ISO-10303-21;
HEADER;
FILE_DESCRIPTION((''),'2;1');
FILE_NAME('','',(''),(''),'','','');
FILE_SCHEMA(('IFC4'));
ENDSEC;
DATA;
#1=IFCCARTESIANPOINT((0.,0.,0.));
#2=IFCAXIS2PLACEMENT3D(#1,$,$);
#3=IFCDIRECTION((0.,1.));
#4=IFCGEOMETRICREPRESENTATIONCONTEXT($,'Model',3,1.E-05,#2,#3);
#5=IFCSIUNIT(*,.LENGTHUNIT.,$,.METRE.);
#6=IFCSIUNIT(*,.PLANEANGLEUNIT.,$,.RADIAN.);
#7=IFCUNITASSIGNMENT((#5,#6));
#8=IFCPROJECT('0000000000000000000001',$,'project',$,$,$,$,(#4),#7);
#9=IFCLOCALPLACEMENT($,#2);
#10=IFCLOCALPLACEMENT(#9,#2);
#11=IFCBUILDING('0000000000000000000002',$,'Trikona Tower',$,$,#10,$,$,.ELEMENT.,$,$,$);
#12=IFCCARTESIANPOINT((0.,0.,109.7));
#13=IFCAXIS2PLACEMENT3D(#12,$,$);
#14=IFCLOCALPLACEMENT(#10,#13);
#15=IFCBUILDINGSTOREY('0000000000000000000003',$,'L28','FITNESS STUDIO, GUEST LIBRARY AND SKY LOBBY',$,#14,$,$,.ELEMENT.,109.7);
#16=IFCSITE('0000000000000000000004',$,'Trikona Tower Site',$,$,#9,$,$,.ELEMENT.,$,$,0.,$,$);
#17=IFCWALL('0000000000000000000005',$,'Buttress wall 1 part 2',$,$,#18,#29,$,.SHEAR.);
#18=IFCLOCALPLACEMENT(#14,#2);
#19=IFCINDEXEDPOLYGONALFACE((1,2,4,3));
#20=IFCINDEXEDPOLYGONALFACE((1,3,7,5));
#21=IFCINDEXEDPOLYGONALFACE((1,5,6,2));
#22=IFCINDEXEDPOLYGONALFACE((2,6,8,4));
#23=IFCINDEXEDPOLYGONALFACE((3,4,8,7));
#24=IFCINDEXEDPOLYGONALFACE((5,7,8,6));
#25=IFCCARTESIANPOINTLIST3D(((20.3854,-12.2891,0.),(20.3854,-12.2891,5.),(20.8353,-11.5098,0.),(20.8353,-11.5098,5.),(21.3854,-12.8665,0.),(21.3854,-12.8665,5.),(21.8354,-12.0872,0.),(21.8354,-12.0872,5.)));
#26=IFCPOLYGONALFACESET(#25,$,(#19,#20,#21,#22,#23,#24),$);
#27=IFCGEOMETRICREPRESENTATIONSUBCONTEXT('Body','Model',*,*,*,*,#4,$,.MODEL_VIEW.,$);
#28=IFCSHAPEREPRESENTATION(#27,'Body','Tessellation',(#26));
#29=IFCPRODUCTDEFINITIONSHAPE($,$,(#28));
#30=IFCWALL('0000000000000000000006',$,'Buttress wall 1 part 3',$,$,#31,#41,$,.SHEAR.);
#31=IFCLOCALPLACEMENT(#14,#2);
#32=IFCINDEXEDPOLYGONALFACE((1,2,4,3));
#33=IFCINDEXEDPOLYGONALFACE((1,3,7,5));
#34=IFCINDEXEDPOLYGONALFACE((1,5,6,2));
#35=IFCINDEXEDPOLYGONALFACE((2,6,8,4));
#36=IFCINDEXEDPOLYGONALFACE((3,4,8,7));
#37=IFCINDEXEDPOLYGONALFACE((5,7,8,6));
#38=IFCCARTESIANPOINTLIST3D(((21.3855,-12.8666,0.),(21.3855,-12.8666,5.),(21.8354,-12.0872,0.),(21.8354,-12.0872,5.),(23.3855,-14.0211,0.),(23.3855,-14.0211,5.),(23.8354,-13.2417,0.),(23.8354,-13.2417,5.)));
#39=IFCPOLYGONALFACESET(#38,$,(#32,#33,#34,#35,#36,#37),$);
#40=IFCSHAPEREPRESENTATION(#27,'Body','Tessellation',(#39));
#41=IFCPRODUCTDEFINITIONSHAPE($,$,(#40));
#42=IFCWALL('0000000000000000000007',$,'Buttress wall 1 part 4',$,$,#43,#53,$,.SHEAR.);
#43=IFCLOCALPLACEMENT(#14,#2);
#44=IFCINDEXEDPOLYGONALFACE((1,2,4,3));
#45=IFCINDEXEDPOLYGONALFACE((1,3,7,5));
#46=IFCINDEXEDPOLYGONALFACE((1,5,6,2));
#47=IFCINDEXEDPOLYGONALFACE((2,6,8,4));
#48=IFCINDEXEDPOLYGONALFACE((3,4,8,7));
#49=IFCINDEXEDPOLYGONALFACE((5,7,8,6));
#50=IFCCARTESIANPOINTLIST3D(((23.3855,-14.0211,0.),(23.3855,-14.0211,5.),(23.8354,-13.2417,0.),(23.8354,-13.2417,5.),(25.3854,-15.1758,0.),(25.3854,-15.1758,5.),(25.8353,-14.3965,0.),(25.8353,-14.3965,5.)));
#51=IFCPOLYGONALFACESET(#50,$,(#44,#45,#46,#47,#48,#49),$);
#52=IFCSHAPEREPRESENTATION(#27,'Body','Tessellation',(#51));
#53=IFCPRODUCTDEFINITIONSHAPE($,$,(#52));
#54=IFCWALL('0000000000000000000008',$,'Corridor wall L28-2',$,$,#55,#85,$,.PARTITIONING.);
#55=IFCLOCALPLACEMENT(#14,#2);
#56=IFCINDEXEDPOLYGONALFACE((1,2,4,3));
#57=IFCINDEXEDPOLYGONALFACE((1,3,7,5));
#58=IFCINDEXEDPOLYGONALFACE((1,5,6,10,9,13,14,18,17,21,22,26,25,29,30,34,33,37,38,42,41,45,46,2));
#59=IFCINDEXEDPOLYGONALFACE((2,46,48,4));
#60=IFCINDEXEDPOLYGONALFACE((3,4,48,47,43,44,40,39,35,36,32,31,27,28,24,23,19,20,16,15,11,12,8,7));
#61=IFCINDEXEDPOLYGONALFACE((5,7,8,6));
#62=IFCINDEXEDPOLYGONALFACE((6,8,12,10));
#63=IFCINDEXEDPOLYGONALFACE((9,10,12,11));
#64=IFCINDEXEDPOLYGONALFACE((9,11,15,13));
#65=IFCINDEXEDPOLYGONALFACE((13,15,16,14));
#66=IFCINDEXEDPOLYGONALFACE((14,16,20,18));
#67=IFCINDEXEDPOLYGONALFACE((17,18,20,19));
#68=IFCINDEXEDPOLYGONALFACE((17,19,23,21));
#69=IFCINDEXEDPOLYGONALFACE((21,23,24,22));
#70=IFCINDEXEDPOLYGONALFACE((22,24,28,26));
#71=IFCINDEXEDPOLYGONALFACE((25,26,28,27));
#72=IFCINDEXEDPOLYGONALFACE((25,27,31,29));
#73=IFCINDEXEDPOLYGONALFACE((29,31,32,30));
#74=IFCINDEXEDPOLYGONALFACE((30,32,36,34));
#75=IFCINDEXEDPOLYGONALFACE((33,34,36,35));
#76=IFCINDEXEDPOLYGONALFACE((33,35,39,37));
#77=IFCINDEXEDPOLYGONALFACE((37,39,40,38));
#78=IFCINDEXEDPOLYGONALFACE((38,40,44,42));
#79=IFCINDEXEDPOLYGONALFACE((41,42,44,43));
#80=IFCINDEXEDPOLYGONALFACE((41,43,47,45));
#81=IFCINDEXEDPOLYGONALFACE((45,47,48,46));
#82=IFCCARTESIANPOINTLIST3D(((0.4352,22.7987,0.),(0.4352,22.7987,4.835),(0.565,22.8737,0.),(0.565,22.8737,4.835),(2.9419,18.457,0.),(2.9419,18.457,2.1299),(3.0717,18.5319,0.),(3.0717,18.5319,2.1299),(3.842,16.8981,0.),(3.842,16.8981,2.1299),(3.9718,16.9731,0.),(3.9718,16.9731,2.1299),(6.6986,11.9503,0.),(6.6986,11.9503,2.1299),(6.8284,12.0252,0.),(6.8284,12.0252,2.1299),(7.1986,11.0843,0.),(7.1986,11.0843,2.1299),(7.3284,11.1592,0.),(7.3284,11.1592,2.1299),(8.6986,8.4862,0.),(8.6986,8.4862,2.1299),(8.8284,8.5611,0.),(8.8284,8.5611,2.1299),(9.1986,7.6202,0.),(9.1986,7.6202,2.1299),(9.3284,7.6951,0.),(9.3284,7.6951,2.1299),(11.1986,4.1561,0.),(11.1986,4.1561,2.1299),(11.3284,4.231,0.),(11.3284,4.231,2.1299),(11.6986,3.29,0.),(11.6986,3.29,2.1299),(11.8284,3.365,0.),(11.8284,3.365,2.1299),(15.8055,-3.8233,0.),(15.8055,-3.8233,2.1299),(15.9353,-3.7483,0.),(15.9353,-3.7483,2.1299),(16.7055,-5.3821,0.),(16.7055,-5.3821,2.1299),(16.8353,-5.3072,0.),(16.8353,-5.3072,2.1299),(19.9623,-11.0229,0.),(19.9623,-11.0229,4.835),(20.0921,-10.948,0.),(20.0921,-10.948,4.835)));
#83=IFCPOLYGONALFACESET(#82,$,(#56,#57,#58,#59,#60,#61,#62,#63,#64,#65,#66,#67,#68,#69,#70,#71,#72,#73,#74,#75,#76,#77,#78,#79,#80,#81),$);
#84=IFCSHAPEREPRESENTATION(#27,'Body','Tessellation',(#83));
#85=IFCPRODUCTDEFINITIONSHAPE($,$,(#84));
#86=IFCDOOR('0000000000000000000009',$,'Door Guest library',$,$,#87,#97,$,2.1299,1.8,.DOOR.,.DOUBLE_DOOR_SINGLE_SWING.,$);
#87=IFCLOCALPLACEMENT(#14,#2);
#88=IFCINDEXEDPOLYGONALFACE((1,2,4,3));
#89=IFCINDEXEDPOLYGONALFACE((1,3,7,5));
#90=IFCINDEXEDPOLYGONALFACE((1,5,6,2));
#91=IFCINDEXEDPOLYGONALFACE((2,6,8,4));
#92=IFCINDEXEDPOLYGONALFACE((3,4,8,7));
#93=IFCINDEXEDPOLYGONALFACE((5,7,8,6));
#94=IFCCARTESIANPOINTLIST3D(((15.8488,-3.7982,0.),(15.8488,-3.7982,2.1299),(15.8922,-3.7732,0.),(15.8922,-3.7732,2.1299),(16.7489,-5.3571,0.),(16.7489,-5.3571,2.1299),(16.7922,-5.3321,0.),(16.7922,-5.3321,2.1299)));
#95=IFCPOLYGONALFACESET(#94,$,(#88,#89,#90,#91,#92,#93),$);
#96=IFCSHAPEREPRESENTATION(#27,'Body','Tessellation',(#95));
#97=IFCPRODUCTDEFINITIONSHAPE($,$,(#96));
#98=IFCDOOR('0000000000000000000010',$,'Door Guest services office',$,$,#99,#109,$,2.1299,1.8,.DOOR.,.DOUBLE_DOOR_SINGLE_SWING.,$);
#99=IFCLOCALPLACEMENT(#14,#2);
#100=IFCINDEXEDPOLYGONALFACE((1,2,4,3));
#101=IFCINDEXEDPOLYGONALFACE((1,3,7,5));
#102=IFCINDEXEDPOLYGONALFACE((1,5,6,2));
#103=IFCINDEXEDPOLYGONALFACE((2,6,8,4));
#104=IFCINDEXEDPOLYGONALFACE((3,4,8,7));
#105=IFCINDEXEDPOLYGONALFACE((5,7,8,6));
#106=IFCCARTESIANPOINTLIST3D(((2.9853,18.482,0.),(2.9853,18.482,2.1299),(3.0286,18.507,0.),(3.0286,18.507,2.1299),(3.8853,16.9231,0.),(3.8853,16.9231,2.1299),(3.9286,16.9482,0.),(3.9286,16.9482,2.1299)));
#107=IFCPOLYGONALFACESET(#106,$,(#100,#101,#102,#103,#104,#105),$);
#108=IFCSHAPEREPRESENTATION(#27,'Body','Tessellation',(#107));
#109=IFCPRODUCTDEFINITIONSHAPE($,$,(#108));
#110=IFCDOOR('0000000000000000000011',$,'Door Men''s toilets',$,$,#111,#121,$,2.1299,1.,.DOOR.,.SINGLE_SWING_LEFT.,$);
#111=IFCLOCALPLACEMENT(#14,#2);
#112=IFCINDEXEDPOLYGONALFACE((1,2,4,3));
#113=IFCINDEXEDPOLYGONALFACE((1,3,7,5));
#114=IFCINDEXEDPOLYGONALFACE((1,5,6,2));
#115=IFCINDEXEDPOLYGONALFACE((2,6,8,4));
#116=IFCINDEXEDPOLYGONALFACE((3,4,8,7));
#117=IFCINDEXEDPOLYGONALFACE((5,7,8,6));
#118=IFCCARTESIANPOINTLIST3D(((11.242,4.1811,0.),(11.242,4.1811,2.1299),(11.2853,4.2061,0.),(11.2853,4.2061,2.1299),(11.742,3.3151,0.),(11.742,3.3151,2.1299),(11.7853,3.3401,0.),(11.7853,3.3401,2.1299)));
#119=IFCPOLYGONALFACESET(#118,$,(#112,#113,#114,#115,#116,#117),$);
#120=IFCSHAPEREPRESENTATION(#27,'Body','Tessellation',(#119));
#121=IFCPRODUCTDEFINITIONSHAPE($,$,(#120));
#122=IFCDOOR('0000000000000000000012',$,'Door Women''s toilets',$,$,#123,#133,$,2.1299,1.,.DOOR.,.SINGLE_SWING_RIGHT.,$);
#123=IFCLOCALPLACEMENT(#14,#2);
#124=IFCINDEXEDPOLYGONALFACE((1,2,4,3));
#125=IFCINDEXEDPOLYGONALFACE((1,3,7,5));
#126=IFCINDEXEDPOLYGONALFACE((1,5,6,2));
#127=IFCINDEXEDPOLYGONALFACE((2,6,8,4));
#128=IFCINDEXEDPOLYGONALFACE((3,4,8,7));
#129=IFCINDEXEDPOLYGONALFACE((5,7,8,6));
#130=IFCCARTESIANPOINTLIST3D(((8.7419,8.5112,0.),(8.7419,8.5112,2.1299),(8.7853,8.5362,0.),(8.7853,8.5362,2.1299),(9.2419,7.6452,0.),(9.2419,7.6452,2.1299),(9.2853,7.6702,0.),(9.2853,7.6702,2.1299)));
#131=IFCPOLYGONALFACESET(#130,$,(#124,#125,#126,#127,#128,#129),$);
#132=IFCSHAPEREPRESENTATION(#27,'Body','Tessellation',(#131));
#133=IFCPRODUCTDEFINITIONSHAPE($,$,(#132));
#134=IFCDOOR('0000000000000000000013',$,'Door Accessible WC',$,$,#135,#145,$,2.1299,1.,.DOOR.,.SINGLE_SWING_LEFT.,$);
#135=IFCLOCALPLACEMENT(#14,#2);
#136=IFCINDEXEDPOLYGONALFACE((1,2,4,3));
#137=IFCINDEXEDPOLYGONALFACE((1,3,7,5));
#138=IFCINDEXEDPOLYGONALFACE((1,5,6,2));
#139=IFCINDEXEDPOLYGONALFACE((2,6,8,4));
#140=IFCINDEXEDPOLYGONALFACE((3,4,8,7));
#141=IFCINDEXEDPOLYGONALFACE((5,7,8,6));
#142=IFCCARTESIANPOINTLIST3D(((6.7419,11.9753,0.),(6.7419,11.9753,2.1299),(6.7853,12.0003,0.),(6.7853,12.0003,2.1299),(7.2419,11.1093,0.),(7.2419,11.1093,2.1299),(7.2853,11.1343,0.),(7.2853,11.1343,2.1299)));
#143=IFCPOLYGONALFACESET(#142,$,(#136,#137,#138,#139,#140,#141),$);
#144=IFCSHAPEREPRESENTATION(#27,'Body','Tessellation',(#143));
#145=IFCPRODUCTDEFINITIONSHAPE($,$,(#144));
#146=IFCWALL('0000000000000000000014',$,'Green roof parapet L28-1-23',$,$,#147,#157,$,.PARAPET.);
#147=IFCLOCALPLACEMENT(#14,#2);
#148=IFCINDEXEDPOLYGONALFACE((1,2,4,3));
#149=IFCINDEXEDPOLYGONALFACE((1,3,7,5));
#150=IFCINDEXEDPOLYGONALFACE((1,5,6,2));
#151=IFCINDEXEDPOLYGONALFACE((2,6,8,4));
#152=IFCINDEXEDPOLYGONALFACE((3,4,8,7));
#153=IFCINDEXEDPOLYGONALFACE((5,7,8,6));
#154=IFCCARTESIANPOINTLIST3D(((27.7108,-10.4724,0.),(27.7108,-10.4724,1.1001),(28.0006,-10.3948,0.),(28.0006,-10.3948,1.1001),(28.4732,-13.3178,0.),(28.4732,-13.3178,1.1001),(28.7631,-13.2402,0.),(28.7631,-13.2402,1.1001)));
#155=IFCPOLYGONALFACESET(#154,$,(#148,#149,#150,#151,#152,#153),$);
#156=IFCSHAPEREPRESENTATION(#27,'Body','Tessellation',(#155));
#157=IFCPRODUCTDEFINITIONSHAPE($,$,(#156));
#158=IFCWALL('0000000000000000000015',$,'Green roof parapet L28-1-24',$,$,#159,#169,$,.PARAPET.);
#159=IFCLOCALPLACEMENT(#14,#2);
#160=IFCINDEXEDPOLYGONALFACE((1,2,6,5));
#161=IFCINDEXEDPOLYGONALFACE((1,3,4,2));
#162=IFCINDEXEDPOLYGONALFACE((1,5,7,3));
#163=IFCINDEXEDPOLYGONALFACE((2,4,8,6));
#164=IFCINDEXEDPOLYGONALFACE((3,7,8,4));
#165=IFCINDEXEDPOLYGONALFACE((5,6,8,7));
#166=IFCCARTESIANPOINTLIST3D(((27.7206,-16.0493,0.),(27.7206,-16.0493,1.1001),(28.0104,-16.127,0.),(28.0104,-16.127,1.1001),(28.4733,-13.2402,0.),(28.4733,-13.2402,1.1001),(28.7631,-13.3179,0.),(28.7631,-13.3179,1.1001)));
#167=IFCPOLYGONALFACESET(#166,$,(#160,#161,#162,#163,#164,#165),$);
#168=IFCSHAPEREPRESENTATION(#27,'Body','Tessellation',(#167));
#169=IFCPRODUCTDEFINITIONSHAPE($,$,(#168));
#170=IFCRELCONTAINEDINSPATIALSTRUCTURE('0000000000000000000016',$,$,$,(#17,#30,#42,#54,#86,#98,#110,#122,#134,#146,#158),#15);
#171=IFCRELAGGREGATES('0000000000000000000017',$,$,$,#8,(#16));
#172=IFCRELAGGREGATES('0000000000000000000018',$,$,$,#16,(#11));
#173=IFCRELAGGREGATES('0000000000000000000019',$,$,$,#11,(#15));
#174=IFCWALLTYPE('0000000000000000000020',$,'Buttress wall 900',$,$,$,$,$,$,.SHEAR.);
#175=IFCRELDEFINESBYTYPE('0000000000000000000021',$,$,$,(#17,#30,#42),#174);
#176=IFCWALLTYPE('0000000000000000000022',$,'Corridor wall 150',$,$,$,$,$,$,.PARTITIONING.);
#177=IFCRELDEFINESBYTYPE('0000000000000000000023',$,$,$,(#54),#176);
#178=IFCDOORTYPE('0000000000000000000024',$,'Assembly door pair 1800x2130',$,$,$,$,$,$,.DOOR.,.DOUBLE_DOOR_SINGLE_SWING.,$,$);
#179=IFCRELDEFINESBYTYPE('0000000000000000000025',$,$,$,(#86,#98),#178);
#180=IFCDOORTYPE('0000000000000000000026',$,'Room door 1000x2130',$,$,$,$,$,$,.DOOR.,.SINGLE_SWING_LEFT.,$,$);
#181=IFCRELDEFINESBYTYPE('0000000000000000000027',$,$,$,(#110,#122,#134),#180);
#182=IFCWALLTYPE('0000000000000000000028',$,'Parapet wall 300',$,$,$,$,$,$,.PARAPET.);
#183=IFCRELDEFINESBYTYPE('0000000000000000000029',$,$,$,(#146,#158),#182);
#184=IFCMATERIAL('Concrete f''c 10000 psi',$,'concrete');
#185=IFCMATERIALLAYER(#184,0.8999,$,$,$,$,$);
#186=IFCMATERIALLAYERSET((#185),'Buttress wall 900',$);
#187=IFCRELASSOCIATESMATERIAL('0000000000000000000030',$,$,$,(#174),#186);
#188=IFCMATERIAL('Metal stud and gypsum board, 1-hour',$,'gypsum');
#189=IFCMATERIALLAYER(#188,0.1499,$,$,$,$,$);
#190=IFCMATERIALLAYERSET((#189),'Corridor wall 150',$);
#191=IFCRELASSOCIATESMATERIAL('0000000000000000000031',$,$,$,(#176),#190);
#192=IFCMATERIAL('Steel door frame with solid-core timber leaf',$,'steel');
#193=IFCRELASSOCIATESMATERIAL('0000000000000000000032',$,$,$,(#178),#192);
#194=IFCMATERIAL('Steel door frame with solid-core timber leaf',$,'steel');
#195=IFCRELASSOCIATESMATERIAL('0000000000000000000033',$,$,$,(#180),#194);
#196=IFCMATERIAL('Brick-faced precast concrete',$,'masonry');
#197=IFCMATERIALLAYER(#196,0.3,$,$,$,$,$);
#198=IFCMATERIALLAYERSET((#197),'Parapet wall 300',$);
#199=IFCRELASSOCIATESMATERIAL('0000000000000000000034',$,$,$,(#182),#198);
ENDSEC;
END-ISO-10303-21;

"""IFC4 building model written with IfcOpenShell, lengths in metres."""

from ifc_helpers import new_model, si_unit, direction, frame, frame_2d, origin, place, context, subcontext, project, spatial, rectangle, extrude, material, layer, layer_set, type_object, element, fill, save


model = new_model("IFC4")

# Units and contexts
model_context = context("Model", 3, precision=1e-05, world=origin(), true_north=direction((0.0, 1.0)))
body_context = subcontext(model_context, "Body", "Model", "MODEL_VIEW")
ifc_project = project(units=[si_unit("LENGTHUNIT", "METRE"), si_unit("PLANEANGLEUNIT", "RADIAN")], contexts=[model_context])

# Site, building, storey
site_placement = place(None, origin())
site = spatial("IfcSite", under=ifc_project, at=site_placement, Name="Trikona Tower Site", CompositionType="ELEMENT", RefElevation=0.0)
building_placement = place(site_placement, origin())
building = spatial("IfcBuilding", under=site, at=building_placement, Name="Trikona Tower", CompositionType="ELEMENT")
storey_placement = place(building_placement, frame((0.0, 0.0, 109.7)))
storey = spatial("IfcBuildingStorey", under=building, at=storey_placement, Name="L28", Description="FITNESS STUDIO, GUEST LIBRARY AND SKY LOBBY", CompositionType="ELEMENT", Elevation=109.7)

# Walls
ifc_material_1 = material(Name="Concrete f'c 10000 psi", Category="concrete")
ifc_layer_1 = layer(ifc_material_1, 0.8999)
ifc_layer_set_1 = layer_set([ifc_layer_1], Name="Buttress wall 900")
wall_type_1 = type_object("IfcWallType", Name="Buttress wall 900", PredefinedType="SHEAR", material=ifc_layer_set_1)
wall_1_placement = place(storey_placement, frame((20.6104, -11.8994, 0.0), z_axis=(0.0, 0.0, 1.0), x_axis=(0.86601, -0.500027, 0.0)))
element("IfcWall", 1, at=wall_1_placement, inside=storey, type_object=wall_type_1, Name="Buttress wall 1 part 2", PredefinedType="SHEAR", context=body_context, shape_type="SweptSolid", body=[
    extrude(rectangle(XDim=1.1548, YDim=0.8999, at=frame_2d((0.5774, 0.0))), origin(), (0.0, 0.0, 1.0), 5.0),
])
for number, where, z_axis, x_axis, name in (
    (2, (21.6104, -12.4768, 0.0), (0.0, 0.0, 1.0), (0.866055, -0.499948, 0.0), "Buttress wall 1 part 3"),
    (3, (23.6104, -13.6313, 0.0), (0.0, 0.0, 1.0), (0.86601, -0.500027, 0.0), "Buttress wall 1 part 4"),
):
    element("IfcWall", number, at=place(storey_placement, frame(where, z_axis=z_axis, x_axis=x_axis)), inside=storey, type_object=wall_type_1, Name=name, PredefinedType="SHEAR", context=body_context, shape_type="SweptSolid", body=[
        extrude(rectangle(XDim=2.3093, YDim=0.8999, at=frame_2d((1.1548, 0.0))), origin(), (0.0, 0.0, 1.0), 5.0),
    ])

# Wall, openings, doors
ifc_material_2 = material(Name="Metal stud and gypsum board, 1-hour", Category="gypsum")
ifc_layer_2 = layer(ifc_material_2, 0.1499)
ifc_layer_set_2 = layer_set([ifc_layer_2], Name="Corridor wall 150")
wall_type_2 = type_object("IfcWallType", Name="Corridor wall 150", PredefinedType="PARTITIONING", material=ifc_layer_set_2)
wall_2_placement = place(storey_placement, frame((20.0271, -10.9854, 0.0), z_axis=(0.0, 0.0, 1.0), x_axis=(-0.500002, 0.866024, 0.0)))
wall_2 = element("IfcWall", 4, at=wall_2_placement, inside=storey, type_object=wall_type_2, Name="Corridor wall L28-2", PredefinedType="PARTITIONING", context=body_context, shape_type="SweptSolid", body=[
    extrude(rectangle(XDim=39.054, YDim=0.1499, at=frame_2d((19.5269, 0.0))), origin(), (0.0, 0.0, 1.0), 4.835),
])
opening_1_placement = place(wall_2_placement, frame((6.5134, 0.0, 0.0)))
opening_1 = element("IfcOpeningElement", 5, at=opening_1_placement, cuts=wall_2, PredefinedType="OPENING", context=body_context, shape_type="SweptSolid", body=[
    extrude(rectangle(XDim=1.8, YDim=2.1299, at=frame_2d((0.8999, 1.0649))), frame((0.0, 0.085, 0.0), z_axis=(0.0, -1.0, 0.0), x_axis=(1.0, 0.0, 0.0)), (0.0, 0.0, 1.0), 0.1699),
])
opening_2_placement = place(wall_2_placement, frame((16.5271, 0.0, 0.0)))
opening_2 = element("IfcOpeningElement", 6, at=opening_2_placement, cuts=wall_2, PredefinedType="OPENING", context=body_context, shape_type="SweptSolid", body=[
    extrude(rectangle(XDim=1.0, YDim=2.1299, at=frame_2d((0.5, 1.0649))), frame((0.0, 0.085, 0.0), z_axis=(0.0, -1.0, 0.0), x_axis=(1.0, 0.0, 0.0)), (0.0, 0.0, 1.0), 0.1699),
])
opening_3_placement = place(wall_2_placement, frame((21.5271, 0.0, 0.0)))
opening_3 = element("IfcOpeningElement", 7, at=opening_3_placement, cuts=wall_2, PredefinedType="OPENING", context=body_context, shape_type="SweptSolid", body=[
    extrude(rectangle(XDim=1.0, YDim=2.1299, at=frame_2d((0.5, 1.0649))), frame((0.0, 0.085, 0.0), z_axis=(0.0, -1.0, 0.0), x_axis=(1.0, 0.0, 0.0)), (0.0, 0.0, 1.0), 0.1699),
])
opening_4_placement = place(wall_2_placement, frame((25.5271, 0.0, 0.0)))
opening_4 = element("IfcOpeningElement", 8, at=opening_4_placement, cuts=wall_2, PredefinedType="OPENING", context=body_context, shape_type="SweptSolid", body=[
    extrude(rectangle(XDim=1.0, YDim=2.1299, at=frame_2d((0.5, 1.0649))), frame((0.0, 0.085, 0.0), z_axis=(0.0, -1.0, 0.0), x_axis=(1.0, 0.0, 0.0)), (0.0, 0.0, 1.0), 0.1699),
])
opening_5_placement = place(wall_2_placement, frame((32.2405, 0.0, 0.0)))
opening_5 = element("IfcOpeningElement", 9, at=opening_5_placement, cuts=wall_2, PredefinedType="OPENING", context=body_context, shape_type="SweptSolid", body=[
    extrude(rectangle(XDim=1.8, YDim=2.1299, at=frame_2d((0.8999, 1.0649))), frame((0.0, 0.085, 0.0), z_axis=(0.0, -1.0, 0.0), x_axis=(1.0, 0.0, 0.0)), (0.0, 0.0, 1.0), 0.1699),
])
ifc_material_3 = material(Name="Steel door frame with solid-core timber leaf", Category="steel")
door_type_1 = type_object("IfcDoorType", Name="Assembly door pair 1800x2130", OperationType="DOUBLE_DOOR_SINGLE_SWING", PredefinedType="DOOR", material=ifc_material_3)
door_1_placement = place(opening_1_placement, origin())
door_1 = element("IfcDoor", 10, at=door_1_placement, inside=storey, type_object=door_type_1, Name="Door Guest library", OperationType="DOUBLE_DOOR_SINGLE_SWING", OverallHeight=2.1299, OverallWidth=1.8, PredefinedType="DOOR", context=body_context, shape_type="SweptSolid", body=[
    extrude(rectangle(XDim=1.8, YDim=2.1299, at=frame_2d((0.8999, 1.0649))), frame((0.0, 0.0249, 0.0), z_axis=(0.0, -1.0, 0.0), x_axis=(1.0, 0.0, 0.0)), (0.0, 0.0, 1.0), 0.05),
])
fill(opening_1, door_1)
door_2_placement = place(opening_5_placement, origin())
door_2 = element("IfcDoor", 11, at=door_2_placement, inside=storey, type_object=door_type_1, Name="Door Guest services office", OperationType="DOUBLE_DOOR_SINGLE_SWING", OverallHeight=2.1299, OverallWidth=1.8, PredefinedType="DOOR", context=body_context, shape_type="SweptSolid", body=[
    extrude(rectangle(XDim=1.8, YDim=2.1299, at=frame_2d((0.8999, 1.0649))), frame((0.0, 0.0249, 0.0), z_axis=(0.0, -1.0, 0.0), x_axis=(1.0, 0.0, 0.0)), (0.0, 0.0, 1.0), 0.05),
])
fill(opening_5, door_2)
ifc_material_4 = material(Name="Steel door frame with solid-core timber leaf", Category="steel")
door_type_2 = type_object("IfcDoorType", Name="Room door 1000x2130", OperationType="SINGLE_SWING_LEFT", PredefinedType="DOOR", material=ifc_material_4)
door_3_placement = place(opening_2_placement, origin())
door_3 = element("IfcDoor", 12, at=door_3_placement, inside=storey, type_object=door_type_2, Name="Door Men's toilets", OperationType="SINGLE_SWING_LEFT", OverallHeight=2.1299, OverallWidth=1.0, PredefinedType="DOOR", context=body_context, shape_type="SweptSolid", body=[
    extrude(rectangle(XDim=1.0, YDim=2.1299, at=frame_2d((0.5, 1.0649))), frame((0.0, 0.0249, 0.0), z_axis=(0.0, -1.0, 0.0), x_axis=(1.0, 0.0, 0.0)), (0.0, 0.0, 1.0), 0.05),
])
fill(opening_2, door_3)
door_4_placement = place(opening_3_placement, origin())
door_4 = element("IfcDoor", 13, at=door_4_placement, inside=storey, type_object=door_type_2, Name="Door Women's toilets", OperationType="SINGLE_SWING_RIGHT", OverallHeight=2.1299, OverallWidth=1.0, PredefinedType="DOOR", context=body_context, shape_type="SweptSolid", body=[
    extrude(rectangle(XDim=1.0, YDim=2.1299, at=frame_2d((0.5, 1.0649))), frame((0.0, 0.0249, 0.0), z_axis=(0.0, -1.0, 0.0), x_axis=(1.0, 0.0, 0.0)), (0.0, 0.0, 1.0), 0.05),
])
fill(opening_3, door_4)
door_5_placement = place(opening_4_placement, origin())
door_5 = element("IfcDoor", 14, at=door_5_placement, inside=storey, type_object=door_type_2, Name="Door Accessible WC", OperationType="SINGLE_SWING_LEFT", OverallHeight=2.1299, OverallWidth=1.0, PredefinedType="DOOR", context=body_context, shape_type="SweptSolid", body=[
    extrude(rectangle(XDim=1.0, YDim=2.1299, at=frame_2d((0.5, 1.0649))), frame((0.0, 0.0249, 0.0), z_axis=(0.0, -1.0, 0.0), x_axis=(1.0, 0.0, 0.0)), (0.0, 0.0, 1.0), 0.05),
])
fill(opening_4, door_5)

# Walls
ifc_material_5 = material(Name="Brick-faced precast concrete", Category="masonry")
ifc_layer_3 = layer(ifc_material_5, 0.3)
ifc_layer_set_3 = layer_set([ifc_layer_3], Name="Parapet wall 300")
wall_type_3 = type_object("IfcWallType", Name="Parapet wall 300", PredefinedType="PARAPET", material=ifc_layer_set_3)
wall_3_placement = place(storey_placement, frame((27.8557, -10.4336, 0.0), z_axis=(0.0, 0.0, 1.0), x_axis=(0.258823, -0.965925, 0.0)))
element("IfcWall", 15, at=wall_3_placement, inside=storey, type_object=wall_type_3, Name="Green roof parapet L28-1-23", PredefinedType="PARAPET", context=body_context, shape_type="SweptSolid", body=[
    extrude(rectangle(XDim=2.9458, YDim=0.3, at=frame_2d((1.4729, 0.0))), origin(), (0.0, 0.0, 1.0), 1.1001),
])
wall_4_placement = place(storey_placement, frame((28.6182, -13.2791, 0.0), z_axis=(0.0, 0.0, 1.0), x_axis=(-0.258817, -0.965926, 0.0)))
element("IfcWall", 16, at=wall_4_placement, inside=storey, type_object=wall_type_3, Name="Green roof parapet L28-1-24", PredefinedType="PARAPET", context=body_context, shape_type="SweptSolid", body=[
    extrude(rectangle(XDim=2.9082, YDim=0.3, at=frame_2d((1.4541, 0.0))), origin(), (0.0, 0.0, 1.0), 1.1001),
])

save(model, "model.ifc")
